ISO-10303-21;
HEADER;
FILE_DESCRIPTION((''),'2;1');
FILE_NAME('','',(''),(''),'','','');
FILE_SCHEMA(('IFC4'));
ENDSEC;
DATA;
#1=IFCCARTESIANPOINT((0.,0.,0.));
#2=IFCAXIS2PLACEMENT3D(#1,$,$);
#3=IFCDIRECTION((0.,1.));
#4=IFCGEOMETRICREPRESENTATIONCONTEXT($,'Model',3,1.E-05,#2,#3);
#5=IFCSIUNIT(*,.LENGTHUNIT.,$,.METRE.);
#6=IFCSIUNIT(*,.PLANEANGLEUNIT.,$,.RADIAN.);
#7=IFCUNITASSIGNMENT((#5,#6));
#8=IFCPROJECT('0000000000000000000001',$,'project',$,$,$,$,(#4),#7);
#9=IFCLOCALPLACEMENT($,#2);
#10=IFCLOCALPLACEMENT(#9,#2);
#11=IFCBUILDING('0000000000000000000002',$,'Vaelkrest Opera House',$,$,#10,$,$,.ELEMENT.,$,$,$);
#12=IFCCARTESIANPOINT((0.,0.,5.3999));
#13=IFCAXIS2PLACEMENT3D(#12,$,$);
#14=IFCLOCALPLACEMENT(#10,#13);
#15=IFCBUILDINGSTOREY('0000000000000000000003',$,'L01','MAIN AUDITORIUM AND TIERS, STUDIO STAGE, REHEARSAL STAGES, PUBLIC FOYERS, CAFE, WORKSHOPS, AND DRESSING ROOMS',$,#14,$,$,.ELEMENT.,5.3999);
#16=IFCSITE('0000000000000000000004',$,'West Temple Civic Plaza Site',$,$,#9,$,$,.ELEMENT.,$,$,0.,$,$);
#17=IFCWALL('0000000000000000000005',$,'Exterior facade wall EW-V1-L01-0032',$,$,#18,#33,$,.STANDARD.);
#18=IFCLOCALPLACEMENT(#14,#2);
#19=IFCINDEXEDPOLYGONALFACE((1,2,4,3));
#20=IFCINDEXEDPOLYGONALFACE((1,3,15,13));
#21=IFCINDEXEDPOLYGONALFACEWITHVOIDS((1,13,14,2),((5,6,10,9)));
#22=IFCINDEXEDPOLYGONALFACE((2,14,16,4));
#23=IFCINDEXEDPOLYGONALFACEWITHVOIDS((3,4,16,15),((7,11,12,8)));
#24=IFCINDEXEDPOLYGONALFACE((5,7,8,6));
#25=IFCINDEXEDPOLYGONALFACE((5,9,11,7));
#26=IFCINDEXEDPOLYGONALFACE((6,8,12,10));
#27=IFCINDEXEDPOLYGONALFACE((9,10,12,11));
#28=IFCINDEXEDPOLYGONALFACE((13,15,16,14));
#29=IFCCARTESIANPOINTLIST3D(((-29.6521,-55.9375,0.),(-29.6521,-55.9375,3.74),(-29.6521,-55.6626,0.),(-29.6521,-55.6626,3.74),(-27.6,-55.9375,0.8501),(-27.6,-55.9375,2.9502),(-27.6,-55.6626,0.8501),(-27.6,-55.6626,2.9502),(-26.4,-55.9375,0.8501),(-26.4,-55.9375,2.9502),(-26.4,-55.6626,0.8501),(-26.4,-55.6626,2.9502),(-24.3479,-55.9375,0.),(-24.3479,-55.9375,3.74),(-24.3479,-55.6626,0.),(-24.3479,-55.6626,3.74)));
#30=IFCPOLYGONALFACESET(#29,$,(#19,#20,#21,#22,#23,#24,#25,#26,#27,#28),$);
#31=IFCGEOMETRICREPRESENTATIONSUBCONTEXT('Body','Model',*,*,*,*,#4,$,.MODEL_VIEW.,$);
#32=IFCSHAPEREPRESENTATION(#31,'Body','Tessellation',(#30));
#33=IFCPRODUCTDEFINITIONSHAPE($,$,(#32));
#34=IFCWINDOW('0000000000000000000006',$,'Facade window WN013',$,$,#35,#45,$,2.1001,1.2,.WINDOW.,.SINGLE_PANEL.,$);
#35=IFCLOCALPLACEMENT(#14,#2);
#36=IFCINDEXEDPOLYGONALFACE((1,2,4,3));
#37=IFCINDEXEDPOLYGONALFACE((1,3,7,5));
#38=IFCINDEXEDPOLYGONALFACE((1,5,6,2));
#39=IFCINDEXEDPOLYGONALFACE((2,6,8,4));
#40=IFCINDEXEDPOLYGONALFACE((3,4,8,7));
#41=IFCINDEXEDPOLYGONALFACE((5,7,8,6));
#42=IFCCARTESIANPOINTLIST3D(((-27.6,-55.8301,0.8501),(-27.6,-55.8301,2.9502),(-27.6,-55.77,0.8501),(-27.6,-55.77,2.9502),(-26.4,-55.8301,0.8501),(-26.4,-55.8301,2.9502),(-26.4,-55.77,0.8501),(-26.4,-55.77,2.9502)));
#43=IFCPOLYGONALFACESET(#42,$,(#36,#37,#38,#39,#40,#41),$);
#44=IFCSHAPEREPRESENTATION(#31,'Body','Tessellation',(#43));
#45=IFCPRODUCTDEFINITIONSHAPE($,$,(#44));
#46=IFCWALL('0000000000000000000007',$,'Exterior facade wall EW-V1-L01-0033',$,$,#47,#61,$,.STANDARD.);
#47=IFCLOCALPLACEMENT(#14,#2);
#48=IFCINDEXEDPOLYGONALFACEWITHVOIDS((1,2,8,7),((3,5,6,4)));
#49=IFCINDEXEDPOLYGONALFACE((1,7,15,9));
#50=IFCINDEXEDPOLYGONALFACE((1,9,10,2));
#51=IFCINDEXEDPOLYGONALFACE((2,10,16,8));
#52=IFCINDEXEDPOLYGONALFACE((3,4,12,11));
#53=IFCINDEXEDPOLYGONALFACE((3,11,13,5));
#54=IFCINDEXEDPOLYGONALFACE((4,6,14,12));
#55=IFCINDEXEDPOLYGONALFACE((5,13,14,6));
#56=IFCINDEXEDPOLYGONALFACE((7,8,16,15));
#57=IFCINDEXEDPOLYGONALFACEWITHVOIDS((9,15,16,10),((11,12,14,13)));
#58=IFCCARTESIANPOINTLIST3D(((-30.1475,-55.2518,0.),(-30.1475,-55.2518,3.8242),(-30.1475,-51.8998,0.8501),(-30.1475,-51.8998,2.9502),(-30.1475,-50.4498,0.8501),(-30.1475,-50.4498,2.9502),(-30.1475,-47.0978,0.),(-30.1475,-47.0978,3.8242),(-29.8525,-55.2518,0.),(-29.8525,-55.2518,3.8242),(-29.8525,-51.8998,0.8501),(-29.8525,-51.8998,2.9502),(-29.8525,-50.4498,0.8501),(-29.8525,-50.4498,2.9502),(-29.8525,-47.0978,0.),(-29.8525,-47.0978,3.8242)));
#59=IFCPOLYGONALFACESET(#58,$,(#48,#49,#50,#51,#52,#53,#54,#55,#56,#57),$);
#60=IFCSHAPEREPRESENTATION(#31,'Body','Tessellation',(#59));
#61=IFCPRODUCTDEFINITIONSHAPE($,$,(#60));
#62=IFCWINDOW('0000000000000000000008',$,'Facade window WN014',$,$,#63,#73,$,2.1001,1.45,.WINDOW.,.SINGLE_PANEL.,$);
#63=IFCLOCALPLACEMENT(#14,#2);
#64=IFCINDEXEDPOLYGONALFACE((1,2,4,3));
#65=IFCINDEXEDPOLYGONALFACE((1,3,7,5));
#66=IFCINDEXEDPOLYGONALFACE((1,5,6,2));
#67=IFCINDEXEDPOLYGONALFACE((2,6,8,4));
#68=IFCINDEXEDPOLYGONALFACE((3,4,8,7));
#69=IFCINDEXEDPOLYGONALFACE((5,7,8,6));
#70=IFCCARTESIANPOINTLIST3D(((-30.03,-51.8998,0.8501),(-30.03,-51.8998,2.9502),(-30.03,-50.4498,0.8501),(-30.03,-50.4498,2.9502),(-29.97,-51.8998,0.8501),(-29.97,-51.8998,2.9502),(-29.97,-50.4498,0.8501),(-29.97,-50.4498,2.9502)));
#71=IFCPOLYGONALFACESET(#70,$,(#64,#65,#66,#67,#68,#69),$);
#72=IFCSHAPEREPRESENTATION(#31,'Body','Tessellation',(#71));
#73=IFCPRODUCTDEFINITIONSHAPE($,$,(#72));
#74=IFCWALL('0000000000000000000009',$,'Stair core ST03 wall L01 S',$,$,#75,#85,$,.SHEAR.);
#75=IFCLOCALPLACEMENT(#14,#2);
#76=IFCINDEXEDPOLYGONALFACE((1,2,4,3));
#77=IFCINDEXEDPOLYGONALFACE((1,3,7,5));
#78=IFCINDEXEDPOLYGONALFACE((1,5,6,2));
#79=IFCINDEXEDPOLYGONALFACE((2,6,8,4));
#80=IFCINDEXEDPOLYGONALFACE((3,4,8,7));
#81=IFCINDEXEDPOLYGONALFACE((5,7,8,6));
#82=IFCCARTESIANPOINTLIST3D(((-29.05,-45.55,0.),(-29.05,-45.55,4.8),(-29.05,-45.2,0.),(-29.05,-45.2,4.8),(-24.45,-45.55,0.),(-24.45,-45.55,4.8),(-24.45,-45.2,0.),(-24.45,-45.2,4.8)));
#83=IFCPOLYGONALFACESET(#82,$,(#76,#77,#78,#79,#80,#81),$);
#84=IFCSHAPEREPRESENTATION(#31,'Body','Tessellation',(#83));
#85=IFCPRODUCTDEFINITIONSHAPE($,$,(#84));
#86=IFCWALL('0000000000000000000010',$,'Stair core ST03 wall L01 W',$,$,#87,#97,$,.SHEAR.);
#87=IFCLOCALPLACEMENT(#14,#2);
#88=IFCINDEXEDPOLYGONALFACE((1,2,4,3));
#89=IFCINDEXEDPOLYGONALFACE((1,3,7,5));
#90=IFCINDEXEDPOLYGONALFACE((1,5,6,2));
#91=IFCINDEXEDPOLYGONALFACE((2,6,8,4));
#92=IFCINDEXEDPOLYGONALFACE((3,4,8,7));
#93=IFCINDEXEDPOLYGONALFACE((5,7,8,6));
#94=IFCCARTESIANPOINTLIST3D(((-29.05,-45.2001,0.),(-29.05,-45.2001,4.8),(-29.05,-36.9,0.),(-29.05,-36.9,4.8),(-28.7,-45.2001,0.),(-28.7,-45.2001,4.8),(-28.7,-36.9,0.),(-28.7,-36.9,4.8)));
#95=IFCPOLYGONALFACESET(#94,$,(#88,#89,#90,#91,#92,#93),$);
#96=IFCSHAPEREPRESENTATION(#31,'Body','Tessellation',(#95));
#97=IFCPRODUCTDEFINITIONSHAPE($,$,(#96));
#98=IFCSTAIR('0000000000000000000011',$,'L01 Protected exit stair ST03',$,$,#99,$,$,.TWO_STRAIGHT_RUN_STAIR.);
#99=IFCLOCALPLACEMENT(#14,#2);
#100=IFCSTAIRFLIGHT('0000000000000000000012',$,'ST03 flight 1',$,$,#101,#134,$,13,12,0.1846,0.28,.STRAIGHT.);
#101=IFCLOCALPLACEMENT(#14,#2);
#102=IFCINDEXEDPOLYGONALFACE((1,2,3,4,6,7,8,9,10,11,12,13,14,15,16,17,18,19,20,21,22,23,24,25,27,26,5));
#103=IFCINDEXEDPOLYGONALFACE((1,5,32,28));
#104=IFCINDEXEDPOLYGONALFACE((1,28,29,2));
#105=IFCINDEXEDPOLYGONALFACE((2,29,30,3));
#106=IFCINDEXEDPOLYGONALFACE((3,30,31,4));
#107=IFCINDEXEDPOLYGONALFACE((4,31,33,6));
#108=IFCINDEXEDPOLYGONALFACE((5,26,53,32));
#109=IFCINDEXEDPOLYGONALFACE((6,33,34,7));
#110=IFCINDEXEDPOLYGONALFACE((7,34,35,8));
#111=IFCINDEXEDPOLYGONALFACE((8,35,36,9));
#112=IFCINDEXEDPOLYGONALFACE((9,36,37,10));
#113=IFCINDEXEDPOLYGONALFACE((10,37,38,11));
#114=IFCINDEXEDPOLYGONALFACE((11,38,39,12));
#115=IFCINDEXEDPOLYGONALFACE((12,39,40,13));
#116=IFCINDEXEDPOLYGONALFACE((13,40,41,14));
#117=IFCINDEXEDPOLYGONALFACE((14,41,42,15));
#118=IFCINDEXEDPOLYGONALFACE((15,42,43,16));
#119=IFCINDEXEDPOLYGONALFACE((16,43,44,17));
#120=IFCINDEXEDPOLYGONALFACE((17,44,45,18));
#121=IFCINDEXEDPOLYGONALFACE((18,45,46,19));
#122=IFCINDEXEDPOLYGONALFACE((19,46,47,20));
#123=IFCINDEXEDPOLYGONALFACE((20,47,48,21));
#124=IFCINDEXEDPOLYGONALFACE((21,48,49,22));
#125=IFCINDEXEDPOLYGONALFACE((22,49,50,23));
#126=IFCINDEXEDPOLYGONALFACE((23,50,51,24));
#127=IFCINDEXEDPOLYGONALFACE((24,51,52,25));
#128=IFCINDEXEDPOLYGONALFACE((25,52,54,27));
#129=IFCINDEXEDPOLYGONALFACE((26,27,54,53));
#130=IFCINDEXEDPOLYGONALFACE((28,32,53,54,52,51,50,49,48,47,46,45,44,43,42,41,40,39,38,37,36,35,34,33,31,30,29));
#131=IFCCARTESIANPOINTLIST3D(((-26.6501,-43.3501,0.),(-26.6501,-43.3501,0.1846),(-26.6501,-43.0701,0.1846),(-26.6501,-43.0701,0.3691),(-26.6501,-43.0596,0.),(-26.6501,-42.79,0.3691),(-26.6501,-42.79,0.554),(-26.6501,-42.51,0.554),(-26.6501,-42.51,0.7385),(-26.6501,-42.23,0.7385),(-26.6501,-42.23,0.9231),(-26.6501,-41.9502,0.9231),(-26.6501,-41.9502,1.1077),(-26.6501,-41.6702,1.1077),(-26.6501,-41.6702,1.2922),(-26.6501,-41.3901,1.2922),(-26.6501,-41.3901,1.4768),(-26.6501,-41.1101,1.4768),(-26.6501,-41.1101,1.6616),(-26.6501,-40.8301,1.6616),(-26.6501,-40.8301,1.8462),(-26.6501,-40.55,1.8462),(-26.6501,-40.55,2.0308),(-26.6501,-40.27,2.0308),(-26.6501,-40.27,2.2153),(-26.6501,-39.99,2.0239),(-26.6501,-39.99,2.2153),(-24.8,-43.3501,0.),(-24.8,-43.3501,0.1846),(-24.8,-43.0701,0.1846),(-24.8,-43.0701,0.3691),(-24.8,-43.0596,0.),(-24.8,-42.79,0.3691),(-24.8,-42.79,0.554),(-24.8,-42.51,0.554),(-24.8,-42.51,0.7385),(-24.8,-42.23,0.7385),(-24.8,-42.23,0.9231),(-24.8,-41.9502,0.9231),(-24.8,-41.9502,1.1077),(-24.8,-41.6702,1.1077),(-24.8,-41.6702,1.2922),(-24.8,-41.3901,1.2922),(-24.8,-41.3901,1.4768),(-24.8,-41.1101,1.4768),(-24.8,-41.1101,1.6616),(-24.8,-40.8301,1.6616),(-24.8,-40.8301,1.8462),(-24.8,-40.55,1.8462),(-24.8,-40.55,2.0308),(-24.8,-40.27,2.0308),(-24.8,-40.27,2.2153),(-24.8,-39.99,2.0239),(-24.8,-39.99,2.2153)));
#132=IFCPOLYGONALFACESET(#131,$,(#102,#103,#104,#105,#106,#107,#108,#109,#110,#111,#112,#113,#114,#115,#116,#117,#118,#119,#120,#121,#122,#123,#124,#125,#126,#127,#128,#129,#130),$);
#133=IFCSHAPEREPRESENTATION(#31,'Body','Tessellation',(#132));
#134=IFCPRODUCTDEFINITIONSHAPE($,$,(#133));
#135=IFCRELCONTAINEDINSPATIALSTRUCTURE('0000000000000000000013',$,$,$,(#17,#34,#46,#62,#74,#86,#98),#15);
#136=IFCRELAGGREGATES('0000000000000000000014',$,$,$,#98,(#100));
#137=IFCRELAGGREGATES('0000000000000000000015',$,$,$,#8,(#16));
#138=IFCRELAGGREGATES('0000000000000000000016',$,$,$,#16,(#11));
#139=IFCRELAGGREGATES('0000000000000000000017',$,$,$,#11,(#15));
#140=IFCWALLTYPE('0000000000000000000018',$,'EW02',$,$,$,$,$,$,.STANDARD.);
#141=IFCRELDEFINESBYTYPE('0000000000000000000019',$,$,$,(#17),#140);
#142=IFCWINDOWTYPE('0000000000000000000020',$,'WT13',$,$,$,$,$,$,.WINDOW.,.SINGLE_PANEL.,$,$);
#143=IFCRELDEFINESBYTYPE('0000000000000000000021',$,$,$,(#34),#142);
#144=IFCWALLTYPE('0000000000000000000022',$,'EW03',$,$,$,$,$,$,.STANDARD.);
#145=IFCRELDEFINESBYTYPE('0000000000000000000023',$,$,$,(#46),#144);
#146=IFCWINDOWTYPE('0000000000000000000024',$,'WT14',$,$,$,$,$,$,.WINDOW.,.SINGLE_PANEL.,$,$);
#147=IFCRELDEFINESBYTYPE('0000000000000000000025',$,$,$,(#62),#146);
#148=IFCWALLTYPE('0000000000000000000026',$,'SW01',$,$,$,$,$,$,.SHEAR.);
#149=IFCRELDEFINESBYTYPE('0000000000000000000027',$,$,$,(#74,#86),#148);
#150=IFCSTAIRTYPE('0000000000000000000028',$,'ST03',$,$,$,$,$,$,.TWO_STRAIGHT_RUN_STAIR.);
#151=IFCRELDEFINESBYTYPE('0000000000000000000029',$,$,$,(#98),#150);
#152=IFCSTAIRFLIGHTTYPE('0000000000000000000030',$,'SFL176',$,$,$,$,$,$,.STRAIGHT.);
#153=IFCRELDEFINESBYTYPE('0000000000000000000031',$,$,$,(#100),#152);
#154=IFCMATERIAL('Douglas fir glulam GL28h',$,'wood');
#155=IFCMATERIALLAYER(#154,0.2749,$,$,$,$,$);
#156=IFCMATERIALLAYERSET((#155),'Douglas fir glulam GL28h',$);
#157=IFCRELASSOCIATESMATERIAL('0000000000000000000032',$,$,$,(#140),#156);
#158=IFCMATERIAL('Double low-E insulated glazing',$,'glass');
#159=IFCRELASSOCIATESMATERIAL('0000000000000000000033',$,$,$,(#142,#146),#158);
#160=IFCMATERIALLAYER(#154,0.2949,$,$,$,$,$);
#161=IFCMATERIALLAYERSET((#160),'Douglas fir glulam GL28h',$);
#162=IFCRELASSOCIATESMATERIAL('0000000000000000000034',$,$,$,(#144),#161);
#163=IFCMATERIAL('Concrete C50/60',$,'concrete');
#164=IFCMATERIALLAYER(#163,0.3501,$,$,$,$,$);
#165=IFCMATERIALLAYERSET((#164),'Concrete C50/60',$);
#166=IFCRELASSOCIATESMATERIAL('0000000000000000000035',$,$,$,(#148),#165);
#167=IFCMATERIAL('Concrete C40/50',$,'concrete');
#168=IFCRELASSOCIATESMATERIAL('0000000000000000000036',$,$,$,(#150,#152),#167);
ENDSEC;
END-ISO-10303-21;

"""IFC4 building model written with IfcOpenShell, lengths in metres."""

from ifc_helpers import new_model, si_unit, direction, frame, frame_2d, origin, place, context, subcontext, project, spatial, polyline, rectangle, outline, extrude, material, layer, layer_set, type_object, element, fill, aggregate, save


model = new_model("IFC4")

# Units and contexts
model_context = context("Model", 3, precision=1e-05, world=origin(), true_north=direction((0.0, 1.0)))
body_context = subcontext(model_context, "Body", "Model", "MODEL_VIEW")
ifc_project = project(units=[si_unit("LENGTHUNIT", "METRE"), si_unit("PLANEANGLEUNIT", "RADIAN")], contexts=[model_context])

# Site, building, storey
site_placement = place(None, origin())
site = spatial("IfcSite", under=ifc_project, at=site_placement, Name="West Temple Civic Plaza Site", CompositionType="ELEMENT", RefElevation=0.0)
building_placement = place(site_placement, origin())
building = spatial("IfcBuilding", under=site, at=building_placement, Name="Vaelkrest Opera House", CompositionType="ELEMENT")
storey_placement = place(building_placement, frame((0.0, 0.0, 5.3999)))
storey = spatial("IfcBuildingStorey", under=building, at=storey_placement, Name="L01", Description="MAIN AUDITORIUM AND TIERS, STUDIO STAGE, REHEARSAL STAGES, PUBLIC FOYERS, CAFE, WORKSHOPS, AND DRESSING ROOMS", CompositionType="ELEMENT", Elevation=5.3999)

# Shared definitions
ifc_material_1 = material(Name="Concrete C50/60", Category="concrete")

# Shared definitions
ifc_material_2 = material(Name="Double low-E insulated glazing", Category="glass")

# Walls, openings, windows
ifc_material_3 = material(Name="Douglas fir glulam GL28h", Category="wood")
ifc_layer_1 = layer(ifc_material_3, 0.2749)
ifc_layer_set_1 = layer_set([ifc_layer_1], Name="Douglas fir glulam GL28h")
wall_type_1 = type_object("IfcWallType", Name="EW02", PredefinedType="STANDARD", material=ifc_layer_set_1)
wall_1_placement = place(storey_placement, frame((-24.3479, -55.8, 0.0), z_axis=(0.0, 0.0, 1.0), x_axis=(-1.0, 0.0, 0.0)))
wall_1 = element("IfcWall", 1, at=wall_1_placement, inside=storey, type_object=wall_type_1, Name="Exterior facade wall EW-V1-L01-0032", PredefinedType="STANDARD", context=body_context, shape_type="SweptSolid", body=[
    extrude(rectangle(XDim=5.3042, YDim=0.2749, at=frame_2d((2.6521, 0.0))), origin(), (0.0, 0.0, 1.0), 3.74),
])
opening_1_placement = place(wall_1_placement, frame((2.052, 0.0, 0.8501)))
opening_1 = element("IfcOpeningElement", 2, at=opening_1_placement, cuts=wall_1, PredefinedType="OPENING", context=body_context, shape_type="SweptSolid", body=[
    extrude(rectangle(XDim=1.2, YDim=2.1001, at=frame_2d((0.6001, 1.05))), frame((0.0, 0.1475, 0.0), z_axis=(0.0, -1.0, 0.0), x_axis=(1.0, 0.0, 0.0)), (0.0, 0.0, 1.0), 0.2949),
])
window_type_1 = type_object("IfcWindowType", Name="WT13", PartitioningType="SINGLE_PANEL", PredefinedType="WINDOW", material=ifc_material_2)
window_1_placement = place(opening_1_placement, origin())
window_1 = element("IfcWindow", 3, at=window_1_placement, inside=storey, type_object=window_type_1, Name="Facade window WN013", OverallHeight=2.1001, OverallWidth=1.2, PartitioningType="SINGLE_PANEL", PredefinedType="WINDOW", context=body_context, shape_type="SweptSolid", body=[
    extrude(rectangle(XDim=1.2, YDim=2.1001, at=frame_2d((0.6001, 1.05))), frame((0.0, 0.03, 0.0), z_axis=(0.0, -1.0, 0.0), x_axis=(1.0, 0.0, 0.0)), (0.0, 0.0, 1.0), 0.0601),
])
fill(opening_1, window_1)
ifc_layer_2 = layer(ifc_material_3, 0.2949)
ifc_layer_set_2 = layer_set([ifc_layer_2], Name="Douglas fir glulam GL28h")
wall_type_2 = type_object("IfcWallType", Name="EW03", PredefinedType="STANDARD", material=ifc_layer_set_2)
wall_2_placement = place(storey_placement, frame((-30.0, -55.252, 0.0), z_axis=(0.0, 0.0, 1.0), x_axis=(0.0, 1.0, 0.0)))
wall_2 = element("IfcWall", 4, at=wall_2_placement, inside=storey, type_object=wall_type_2, Name="Exterior facade wall EW-V1-L01-0033", PredefinedType="STANDARD", context=body_context, shape_type="SweptSolid", body=[
    extrude(rectangle(XDim=8.1541, YDim=0.2949, at=frame_2d((4.0771, 0.0))), origin(), (0.0, 0.0, 1.0), 3.8242),
])
opening_2_placement = place(wall_2_placement, frame((3.3521, 0.0, 0.8501)))
opening_2 = element("IfcOpeningElement", 5, at=opening_2_placement, cuts=wall_2, PredefinedType="OPENING", context=body_context, shape_type="SweptSolid", body=[
    extrude(rectangle(XDim=1.45, YDim=2.1001, at=frame_2d((0.7251, 1.05))), frame((0.0, 0.1575, 0.0), z_axis=(0.0, -1.0, 0.0), x_axis=(1.0, 0.0, 0.0)), (0.0, 0.0, 1.0), 0.3149),
])
window_type_2 = type_object("IfcWindowType", Name="WT14", PartitioningType="SINGLE_PANEL", PredefinedType="WINDOW", material=ifc_material_2)
window_2_placement = place(opening_2_placement, origin())
window_2 = element("IfcWindow", 6, at=window_2_placement, inside=storey, type_object=window_type_2, Name="Facade window WN014", OverallHeight=2.1001, OverallWidth=1.45, PartitioningType="SINGLE_PANEL", PredefinedType="WINDOW", context=body_context, shape_type="SweptSolid", body=[
    extrude(rectangle(XDim=1.45, YDim=2.1001, at=frame_2d((0.7251, 1.05))), frame((0.0, 0.03, 0.0), z_axis=(0.0, -1.0, 0.0), x_axis=(1.0, 0.0, 0.0)), (0.0, 0.0, 1.0), 0.0601),
])
fill(opening_2, window_2)

# Walls
ifc_layer_3 = layer(ifc_material_1, 0.3501)
ifc_layer_set_3 = layer_set([ifc_layer_3], Name="Concrete C50/60")
wall_type_3 = type_object("IfcWallType", Name="SW01", PredefinedType="SHEAR", material=ifc_layer_set_3)
wall_3_placement = place(storey_placement, frame((-24.45, -45.375, 0.0), z_axis=(0.0, 0.0, 1.0), x_axis=(-1.0, 0.0, 0.0)))
element("IfcWall", 7, at=wall_3_placement, inside=storey, type_object=wall_type_3, Name="Stair core ST03 wall L01 S", PredefinedType="SHEAR", context=body_context, shape_type="SweptSolid", body=[
    extrude(rectangle(XDim=4.6001, YDim=0.3501, at=frame_2d((2.3, 0.0))), origin(), (0.0, 0.0, 1.0), 4.8),
])
wall_4_placement = place(storey_placement, frame((-28.875, -45.2, 0.0), z_axis=(0.0, 0.0, 1.0), x_axis=(0.0, 1.0, 0.0)))
element("IfcWall", 8, at=wall_4_placement, inside=storey, type_object=wall_type_3, Name="Stair core ST03 wall L01 W", PredefinedType="SHEAR", context=body_context, shape_type="SweptSolid", body=[
    extrude(rectangle(XDim=8.3, YDim=0.3501, at=frame_2d((4.1499, 0.0))), origin(), (0.0, 0.0, 1.0), 4.8),
])

# Stair, stair flight
ifc_material_4 = material(Name="Concrete C40/50", Category="concrete")
stair_type = type_object("IfcStairType", Name="ST03", PredefinedType="TWO_STRAIGHT_RUN_STAIR", material=ifc_material_4)
stair_placement = place(storey_placement, origin())
stair = element("IfcStair", 9, at=stair_placement, inside=storey, type_object=stair_type, Name="L01 Protected exit stair ST03", PredefinedType="TWO_STRAIGHT_RUN_STAIR")
stair_flight_type = type_object("IfcStairFlightType", Name="SFL176", PredefinedType="STRAIGHT", material=ifc_material_4)
stair_flight_placement = place(storey_placement, frame((-25.7251, -43.3501, 0.0), z_axis=(0.0, 0.0, 1.0), x_axis=(0.0, 1.0, 0.0)))
stair_flight = element("IfcStairFlight", 10, at=stair_flight_placement, type_object=stair_flight_type, Name="ST03 flight 1", NumberOfRisers=13, NumberOfTreads=12, PredefinedType="STRAIGHT", RiserHeight=0.1846, TreadLength=0.28, context=body_context, shape_type="SweptSolid", body=[
    extrude(outline(polyline([(0.0, 0.0), (0.0, 0.1846), (0.28, 0.1846), (0.28, 0.3691), (0.5601, 0.3691), (0.5601, 0.554), (0.8401, 0.554), (0.8401, 0.7385), (1.1201, 0.7385), (1.1201, 0.9231), (1.3999, 0.9231), (1.3999, 1.1077), (1.6799, 1.1077), (1.6799, 1.2922), (1.96, 1.2922), (1.96, 1.4768), (2.24, 1.4768), (2.24, 1.6616), (2.52, 1.6616), (2.52, 1.8462), (2.8, 1.8462), (2.8, 2.0308), (3.0801, 2.0308), (3.0801, 2.2153), (3.3601, 2.2153), (3.3601, 2.3999), (3.3601, 2.0239), (0.2905, 0.0), (0.0, 0.0)])), frame((0.0, 0.925, 0.0), z_axis=(0.0, -1.0, 0.0), x_axis=(1.0, 0.0, 0.0)), (0.0, 0.0, 1.0), 1.8501),
])
aggregate(stair, [stair_flight])

save(model, "model.ifc")
